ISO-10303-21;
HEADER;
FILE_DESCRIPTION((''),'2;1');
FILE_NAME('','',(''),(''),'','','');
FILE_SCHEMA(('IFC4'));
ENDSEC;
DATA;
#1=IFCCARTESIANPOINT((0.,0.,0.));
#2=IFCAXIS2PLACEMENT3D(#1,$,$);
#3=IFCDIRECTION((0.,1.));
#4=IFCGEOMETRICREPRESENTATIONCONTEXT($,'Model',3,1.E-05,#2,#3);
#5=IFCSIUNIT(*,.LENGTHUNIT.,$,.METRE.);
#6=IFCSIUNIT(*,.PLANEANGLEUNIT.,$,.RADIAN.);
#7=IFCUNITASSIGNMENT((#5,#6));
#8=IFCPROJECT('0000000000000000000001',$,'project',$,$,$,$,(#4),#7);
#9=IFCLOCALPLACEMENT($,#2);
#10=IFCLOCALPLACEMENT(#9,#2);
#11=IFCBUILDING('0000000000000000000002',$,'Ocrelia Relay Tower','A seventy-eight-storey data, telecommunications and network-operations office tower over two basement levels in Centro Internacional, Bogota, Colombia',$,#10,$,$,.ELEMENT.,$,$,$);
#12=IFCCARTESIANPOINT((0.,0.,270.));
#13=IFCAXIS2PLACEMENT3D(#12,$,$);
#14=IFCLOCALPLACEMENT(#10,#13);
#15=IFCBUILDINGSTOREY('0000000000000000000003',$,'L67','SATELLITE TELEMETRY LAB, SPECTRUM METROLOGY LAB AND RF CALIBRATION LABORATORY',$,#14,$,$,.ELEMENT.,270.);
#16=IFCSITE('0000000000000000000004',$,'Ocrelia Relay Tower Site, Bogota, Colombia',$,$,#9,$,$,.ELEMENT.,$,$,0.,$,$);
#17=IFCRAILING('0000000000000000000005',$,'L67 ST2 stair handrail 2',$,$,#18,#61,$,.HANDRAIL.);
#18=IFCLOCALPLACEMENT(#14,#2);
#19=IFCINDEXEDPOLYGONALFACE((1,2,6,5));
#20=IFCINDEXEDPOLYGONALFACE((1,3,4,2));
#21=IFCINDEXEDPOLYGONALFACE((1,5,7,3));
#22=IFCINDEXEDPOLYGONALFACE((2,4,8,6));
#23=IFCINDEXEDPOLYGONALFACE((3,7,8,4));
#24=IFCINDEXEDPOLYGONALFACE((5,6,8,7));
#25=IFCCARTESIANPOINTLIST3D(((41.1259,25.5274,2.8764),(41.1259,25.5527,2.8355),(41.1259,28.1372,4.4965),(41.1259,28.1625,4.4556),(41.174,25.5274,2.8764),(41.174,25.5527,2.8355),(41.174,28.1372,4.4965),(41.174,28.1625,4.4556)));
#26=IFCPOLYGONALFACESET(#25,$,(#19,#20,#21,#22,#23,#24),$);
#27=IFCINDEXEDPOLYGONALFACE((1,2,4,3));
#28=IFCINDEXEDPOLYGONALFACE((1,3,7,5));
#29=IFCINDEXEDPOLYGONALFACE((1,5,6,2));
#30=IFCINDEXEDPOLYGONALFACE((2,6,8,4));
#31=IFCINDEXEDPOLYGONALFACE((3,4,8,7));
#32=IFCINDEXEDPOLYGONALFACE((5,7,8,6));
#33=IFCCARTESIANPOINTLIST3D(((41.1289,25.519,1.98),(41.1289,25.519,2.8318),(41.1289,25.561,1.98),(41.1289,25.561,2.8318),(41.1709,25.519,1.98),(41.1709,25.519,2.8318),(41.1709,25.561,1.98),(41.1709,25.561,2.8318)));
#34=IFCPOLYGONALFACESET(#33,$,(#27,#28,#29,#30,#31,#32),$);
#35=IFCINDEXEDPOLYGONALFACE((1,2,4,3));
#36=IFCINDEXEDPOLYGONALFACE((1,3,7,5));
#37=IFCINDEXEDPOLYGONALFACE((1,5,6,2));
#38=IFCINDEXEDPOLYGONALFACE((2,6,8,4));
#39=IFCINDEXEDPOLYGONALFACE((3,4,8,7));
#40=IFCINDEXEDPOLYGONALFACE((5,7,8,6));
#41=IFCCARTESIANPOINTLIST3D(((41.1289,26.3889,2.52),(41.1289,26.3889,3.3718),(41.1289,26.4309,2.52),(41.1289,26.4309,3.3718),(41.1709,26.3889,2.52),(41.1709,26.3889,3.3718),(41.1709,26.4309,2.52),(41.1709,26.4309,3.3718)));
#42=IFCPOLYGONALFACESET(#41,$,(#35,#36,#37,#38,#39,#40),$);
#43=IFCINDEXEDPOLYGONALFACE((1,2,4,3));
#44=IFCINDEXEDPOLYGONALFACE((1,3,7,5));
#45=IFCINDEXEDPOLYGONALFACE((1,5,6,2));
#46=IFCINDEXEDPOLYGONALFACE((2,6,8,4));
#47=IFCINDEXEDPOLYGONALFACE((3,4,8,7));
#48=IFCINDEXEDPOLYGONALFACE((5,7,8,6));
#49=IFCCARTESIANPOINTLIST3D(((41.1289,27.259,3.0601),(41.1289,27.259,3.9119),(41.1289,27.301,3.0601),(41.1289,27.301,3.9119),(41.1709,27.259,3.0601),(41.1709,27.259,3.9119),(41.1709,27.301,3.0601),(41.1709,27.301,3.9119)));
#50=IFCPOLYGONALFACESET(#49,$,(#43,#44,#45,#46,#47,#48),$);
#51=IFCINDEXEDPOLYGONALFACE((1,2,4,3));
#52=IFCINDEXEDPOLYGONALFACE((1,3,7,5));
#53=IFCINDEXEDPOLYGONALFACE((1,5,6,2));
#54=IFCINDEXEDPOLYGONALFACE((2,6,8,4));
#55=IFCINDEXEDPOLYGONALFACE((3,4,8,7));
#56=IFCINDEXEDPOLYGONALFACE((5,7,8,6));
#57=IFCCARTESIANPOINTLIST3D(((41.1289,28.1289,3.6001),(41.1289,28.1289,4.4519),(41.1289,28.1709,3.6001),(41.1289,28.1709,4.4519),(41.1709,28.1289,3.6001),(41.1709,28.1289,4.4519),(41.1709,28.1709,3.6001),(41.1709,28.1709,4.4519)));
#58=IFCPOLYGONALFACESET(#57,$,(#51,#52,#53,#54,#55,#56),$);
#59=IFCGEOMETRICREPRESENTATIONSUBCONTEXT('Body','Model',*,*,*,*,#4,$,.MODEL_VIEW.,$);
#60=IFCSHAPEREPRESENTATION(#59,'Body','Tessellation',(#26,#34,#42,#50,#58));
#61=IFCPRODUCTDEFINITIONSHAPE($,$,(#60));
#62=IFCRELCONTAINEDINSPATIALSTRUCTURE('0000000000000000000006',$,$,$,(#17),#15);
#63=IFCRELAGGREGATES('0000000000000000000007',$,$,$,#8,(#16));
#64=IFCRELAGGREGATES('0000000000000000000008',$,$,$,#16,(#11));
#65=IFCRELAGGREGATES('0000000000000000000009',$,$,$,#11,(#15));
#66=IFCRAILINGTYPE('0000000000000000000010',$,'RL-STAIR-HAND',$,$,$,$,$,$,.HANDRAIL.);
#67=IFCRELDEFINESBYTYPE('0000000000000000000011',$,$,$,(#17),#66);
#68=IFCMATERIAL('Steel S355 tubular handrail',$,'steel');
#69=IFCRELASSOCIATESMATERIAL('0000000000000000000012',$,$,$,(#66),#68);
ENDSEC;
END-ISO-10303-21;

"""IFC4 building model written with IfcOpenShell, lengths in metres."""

from ifc_helpers import new_model, si_unit, direction, frame, origin, origin_2d, place, context, subcontext, project, spatial, rectangle, extrude, material, type_object, element, save


model = new_model("IFC4")

# Units and contexts
model_context = context("Model", 3, precision=1e-05, world=origin(), true_north=direction((0.0, 1.0)))
body_context = subcontext(model_context, "Body", "Model", "MODEL_VIEW")
ifc_project = project(units=[si_unit("LENGTHUNIT", "METRE"), si_unit("PLANEANGLEUNIT", "RADIAN")], contexts=[model_context])

# Site, building, storey
site_placement = place(None, origin())
site = spatial("IfcSite", under=ifc_project, at=site_placement, Name="Ocrelia Relay Tower Site, Bogota, Colombia", CompositionType="ELEMENT", RefElevation=0.0)
building_placement = place(site_placement, origin())
building = spatial("IfcBuilding", under=site, at=building_placement, Name="Ocrelia Relay Tower", Description="A seventy-eight-storey data, telecommunications and network-operations office tower over two basement levels in Centro Internacional, Bogota, Colombia", CompositionType="ELEMENT")
storey_placement = place(building_placement, frame((0.0, 0.0, 270.0)))
storey = spatial("IfcBuildingStorey", under=building, at=storey_placement, Name="L67", Description="SATELLITE TELEMETRY LAB, SPECTRUM METROLOGY LAB AND RF CALIBRATION LABORATORY", CompositionType="ELEMENT", Elevation=270.0)

# Railing
ifc_material_1 = material(Name="Steel S355 tubular handrail", Category="steel")
railing_type_1 = type_object("IfcRailingType", Name="RL-STAIR-HAND", PredefinedType="HANDRAIL", material=ifc_material_1)
railing_1_placement = place(storey_placement, frame((41.1499, 25.54, 1.98)))
element("IfcRailing", 1, at=railing_1_placement, inside=storey, type_object=railing_type_1, Name="L67 ST2 stair handrail 2", PredefinedType="HANDRAIL", context=body_context, shape_type="SweptSolid", body=[
    extrude(rectangle(XDim=0.0481, YDim=0.0481, at=origin_2d()), frame((0.0, 0.0, 0.876), z_axis=(0.0, 0.849611, 0.52741), x_axis=(-1.0, 0.0, 0.0)), (0.0, 0.0, 1.0), 3.0718),
    extrude(rectangle(XDim=0.042, YDim=0.042, at=origin_2d()), origin(), (0.0, 0.0, 1.0), 0.8518),
    extrude(rectangle(XDim=0.042, YDim=0.042, at=origin_2d()), frame((0.0, 0.8699, 0.54)), (0.0, 0.0, 1.0), 0.8518),
    extrude(rectangle(XDim=0.042, YDim=0.042, at=origin_2d()), frame((0.0, 1.74, 1.0801)), (0.0, 0.0, 1.0), 0.8518),
    extrude(rectangle(XDim=0.042, YDim=0.042, at=origin_2d()), frame((0.0, 2.6099, 1.6201)), (0.0, 0.0, 1.0), 0.8518),
])

save(model, "model.ifc")
